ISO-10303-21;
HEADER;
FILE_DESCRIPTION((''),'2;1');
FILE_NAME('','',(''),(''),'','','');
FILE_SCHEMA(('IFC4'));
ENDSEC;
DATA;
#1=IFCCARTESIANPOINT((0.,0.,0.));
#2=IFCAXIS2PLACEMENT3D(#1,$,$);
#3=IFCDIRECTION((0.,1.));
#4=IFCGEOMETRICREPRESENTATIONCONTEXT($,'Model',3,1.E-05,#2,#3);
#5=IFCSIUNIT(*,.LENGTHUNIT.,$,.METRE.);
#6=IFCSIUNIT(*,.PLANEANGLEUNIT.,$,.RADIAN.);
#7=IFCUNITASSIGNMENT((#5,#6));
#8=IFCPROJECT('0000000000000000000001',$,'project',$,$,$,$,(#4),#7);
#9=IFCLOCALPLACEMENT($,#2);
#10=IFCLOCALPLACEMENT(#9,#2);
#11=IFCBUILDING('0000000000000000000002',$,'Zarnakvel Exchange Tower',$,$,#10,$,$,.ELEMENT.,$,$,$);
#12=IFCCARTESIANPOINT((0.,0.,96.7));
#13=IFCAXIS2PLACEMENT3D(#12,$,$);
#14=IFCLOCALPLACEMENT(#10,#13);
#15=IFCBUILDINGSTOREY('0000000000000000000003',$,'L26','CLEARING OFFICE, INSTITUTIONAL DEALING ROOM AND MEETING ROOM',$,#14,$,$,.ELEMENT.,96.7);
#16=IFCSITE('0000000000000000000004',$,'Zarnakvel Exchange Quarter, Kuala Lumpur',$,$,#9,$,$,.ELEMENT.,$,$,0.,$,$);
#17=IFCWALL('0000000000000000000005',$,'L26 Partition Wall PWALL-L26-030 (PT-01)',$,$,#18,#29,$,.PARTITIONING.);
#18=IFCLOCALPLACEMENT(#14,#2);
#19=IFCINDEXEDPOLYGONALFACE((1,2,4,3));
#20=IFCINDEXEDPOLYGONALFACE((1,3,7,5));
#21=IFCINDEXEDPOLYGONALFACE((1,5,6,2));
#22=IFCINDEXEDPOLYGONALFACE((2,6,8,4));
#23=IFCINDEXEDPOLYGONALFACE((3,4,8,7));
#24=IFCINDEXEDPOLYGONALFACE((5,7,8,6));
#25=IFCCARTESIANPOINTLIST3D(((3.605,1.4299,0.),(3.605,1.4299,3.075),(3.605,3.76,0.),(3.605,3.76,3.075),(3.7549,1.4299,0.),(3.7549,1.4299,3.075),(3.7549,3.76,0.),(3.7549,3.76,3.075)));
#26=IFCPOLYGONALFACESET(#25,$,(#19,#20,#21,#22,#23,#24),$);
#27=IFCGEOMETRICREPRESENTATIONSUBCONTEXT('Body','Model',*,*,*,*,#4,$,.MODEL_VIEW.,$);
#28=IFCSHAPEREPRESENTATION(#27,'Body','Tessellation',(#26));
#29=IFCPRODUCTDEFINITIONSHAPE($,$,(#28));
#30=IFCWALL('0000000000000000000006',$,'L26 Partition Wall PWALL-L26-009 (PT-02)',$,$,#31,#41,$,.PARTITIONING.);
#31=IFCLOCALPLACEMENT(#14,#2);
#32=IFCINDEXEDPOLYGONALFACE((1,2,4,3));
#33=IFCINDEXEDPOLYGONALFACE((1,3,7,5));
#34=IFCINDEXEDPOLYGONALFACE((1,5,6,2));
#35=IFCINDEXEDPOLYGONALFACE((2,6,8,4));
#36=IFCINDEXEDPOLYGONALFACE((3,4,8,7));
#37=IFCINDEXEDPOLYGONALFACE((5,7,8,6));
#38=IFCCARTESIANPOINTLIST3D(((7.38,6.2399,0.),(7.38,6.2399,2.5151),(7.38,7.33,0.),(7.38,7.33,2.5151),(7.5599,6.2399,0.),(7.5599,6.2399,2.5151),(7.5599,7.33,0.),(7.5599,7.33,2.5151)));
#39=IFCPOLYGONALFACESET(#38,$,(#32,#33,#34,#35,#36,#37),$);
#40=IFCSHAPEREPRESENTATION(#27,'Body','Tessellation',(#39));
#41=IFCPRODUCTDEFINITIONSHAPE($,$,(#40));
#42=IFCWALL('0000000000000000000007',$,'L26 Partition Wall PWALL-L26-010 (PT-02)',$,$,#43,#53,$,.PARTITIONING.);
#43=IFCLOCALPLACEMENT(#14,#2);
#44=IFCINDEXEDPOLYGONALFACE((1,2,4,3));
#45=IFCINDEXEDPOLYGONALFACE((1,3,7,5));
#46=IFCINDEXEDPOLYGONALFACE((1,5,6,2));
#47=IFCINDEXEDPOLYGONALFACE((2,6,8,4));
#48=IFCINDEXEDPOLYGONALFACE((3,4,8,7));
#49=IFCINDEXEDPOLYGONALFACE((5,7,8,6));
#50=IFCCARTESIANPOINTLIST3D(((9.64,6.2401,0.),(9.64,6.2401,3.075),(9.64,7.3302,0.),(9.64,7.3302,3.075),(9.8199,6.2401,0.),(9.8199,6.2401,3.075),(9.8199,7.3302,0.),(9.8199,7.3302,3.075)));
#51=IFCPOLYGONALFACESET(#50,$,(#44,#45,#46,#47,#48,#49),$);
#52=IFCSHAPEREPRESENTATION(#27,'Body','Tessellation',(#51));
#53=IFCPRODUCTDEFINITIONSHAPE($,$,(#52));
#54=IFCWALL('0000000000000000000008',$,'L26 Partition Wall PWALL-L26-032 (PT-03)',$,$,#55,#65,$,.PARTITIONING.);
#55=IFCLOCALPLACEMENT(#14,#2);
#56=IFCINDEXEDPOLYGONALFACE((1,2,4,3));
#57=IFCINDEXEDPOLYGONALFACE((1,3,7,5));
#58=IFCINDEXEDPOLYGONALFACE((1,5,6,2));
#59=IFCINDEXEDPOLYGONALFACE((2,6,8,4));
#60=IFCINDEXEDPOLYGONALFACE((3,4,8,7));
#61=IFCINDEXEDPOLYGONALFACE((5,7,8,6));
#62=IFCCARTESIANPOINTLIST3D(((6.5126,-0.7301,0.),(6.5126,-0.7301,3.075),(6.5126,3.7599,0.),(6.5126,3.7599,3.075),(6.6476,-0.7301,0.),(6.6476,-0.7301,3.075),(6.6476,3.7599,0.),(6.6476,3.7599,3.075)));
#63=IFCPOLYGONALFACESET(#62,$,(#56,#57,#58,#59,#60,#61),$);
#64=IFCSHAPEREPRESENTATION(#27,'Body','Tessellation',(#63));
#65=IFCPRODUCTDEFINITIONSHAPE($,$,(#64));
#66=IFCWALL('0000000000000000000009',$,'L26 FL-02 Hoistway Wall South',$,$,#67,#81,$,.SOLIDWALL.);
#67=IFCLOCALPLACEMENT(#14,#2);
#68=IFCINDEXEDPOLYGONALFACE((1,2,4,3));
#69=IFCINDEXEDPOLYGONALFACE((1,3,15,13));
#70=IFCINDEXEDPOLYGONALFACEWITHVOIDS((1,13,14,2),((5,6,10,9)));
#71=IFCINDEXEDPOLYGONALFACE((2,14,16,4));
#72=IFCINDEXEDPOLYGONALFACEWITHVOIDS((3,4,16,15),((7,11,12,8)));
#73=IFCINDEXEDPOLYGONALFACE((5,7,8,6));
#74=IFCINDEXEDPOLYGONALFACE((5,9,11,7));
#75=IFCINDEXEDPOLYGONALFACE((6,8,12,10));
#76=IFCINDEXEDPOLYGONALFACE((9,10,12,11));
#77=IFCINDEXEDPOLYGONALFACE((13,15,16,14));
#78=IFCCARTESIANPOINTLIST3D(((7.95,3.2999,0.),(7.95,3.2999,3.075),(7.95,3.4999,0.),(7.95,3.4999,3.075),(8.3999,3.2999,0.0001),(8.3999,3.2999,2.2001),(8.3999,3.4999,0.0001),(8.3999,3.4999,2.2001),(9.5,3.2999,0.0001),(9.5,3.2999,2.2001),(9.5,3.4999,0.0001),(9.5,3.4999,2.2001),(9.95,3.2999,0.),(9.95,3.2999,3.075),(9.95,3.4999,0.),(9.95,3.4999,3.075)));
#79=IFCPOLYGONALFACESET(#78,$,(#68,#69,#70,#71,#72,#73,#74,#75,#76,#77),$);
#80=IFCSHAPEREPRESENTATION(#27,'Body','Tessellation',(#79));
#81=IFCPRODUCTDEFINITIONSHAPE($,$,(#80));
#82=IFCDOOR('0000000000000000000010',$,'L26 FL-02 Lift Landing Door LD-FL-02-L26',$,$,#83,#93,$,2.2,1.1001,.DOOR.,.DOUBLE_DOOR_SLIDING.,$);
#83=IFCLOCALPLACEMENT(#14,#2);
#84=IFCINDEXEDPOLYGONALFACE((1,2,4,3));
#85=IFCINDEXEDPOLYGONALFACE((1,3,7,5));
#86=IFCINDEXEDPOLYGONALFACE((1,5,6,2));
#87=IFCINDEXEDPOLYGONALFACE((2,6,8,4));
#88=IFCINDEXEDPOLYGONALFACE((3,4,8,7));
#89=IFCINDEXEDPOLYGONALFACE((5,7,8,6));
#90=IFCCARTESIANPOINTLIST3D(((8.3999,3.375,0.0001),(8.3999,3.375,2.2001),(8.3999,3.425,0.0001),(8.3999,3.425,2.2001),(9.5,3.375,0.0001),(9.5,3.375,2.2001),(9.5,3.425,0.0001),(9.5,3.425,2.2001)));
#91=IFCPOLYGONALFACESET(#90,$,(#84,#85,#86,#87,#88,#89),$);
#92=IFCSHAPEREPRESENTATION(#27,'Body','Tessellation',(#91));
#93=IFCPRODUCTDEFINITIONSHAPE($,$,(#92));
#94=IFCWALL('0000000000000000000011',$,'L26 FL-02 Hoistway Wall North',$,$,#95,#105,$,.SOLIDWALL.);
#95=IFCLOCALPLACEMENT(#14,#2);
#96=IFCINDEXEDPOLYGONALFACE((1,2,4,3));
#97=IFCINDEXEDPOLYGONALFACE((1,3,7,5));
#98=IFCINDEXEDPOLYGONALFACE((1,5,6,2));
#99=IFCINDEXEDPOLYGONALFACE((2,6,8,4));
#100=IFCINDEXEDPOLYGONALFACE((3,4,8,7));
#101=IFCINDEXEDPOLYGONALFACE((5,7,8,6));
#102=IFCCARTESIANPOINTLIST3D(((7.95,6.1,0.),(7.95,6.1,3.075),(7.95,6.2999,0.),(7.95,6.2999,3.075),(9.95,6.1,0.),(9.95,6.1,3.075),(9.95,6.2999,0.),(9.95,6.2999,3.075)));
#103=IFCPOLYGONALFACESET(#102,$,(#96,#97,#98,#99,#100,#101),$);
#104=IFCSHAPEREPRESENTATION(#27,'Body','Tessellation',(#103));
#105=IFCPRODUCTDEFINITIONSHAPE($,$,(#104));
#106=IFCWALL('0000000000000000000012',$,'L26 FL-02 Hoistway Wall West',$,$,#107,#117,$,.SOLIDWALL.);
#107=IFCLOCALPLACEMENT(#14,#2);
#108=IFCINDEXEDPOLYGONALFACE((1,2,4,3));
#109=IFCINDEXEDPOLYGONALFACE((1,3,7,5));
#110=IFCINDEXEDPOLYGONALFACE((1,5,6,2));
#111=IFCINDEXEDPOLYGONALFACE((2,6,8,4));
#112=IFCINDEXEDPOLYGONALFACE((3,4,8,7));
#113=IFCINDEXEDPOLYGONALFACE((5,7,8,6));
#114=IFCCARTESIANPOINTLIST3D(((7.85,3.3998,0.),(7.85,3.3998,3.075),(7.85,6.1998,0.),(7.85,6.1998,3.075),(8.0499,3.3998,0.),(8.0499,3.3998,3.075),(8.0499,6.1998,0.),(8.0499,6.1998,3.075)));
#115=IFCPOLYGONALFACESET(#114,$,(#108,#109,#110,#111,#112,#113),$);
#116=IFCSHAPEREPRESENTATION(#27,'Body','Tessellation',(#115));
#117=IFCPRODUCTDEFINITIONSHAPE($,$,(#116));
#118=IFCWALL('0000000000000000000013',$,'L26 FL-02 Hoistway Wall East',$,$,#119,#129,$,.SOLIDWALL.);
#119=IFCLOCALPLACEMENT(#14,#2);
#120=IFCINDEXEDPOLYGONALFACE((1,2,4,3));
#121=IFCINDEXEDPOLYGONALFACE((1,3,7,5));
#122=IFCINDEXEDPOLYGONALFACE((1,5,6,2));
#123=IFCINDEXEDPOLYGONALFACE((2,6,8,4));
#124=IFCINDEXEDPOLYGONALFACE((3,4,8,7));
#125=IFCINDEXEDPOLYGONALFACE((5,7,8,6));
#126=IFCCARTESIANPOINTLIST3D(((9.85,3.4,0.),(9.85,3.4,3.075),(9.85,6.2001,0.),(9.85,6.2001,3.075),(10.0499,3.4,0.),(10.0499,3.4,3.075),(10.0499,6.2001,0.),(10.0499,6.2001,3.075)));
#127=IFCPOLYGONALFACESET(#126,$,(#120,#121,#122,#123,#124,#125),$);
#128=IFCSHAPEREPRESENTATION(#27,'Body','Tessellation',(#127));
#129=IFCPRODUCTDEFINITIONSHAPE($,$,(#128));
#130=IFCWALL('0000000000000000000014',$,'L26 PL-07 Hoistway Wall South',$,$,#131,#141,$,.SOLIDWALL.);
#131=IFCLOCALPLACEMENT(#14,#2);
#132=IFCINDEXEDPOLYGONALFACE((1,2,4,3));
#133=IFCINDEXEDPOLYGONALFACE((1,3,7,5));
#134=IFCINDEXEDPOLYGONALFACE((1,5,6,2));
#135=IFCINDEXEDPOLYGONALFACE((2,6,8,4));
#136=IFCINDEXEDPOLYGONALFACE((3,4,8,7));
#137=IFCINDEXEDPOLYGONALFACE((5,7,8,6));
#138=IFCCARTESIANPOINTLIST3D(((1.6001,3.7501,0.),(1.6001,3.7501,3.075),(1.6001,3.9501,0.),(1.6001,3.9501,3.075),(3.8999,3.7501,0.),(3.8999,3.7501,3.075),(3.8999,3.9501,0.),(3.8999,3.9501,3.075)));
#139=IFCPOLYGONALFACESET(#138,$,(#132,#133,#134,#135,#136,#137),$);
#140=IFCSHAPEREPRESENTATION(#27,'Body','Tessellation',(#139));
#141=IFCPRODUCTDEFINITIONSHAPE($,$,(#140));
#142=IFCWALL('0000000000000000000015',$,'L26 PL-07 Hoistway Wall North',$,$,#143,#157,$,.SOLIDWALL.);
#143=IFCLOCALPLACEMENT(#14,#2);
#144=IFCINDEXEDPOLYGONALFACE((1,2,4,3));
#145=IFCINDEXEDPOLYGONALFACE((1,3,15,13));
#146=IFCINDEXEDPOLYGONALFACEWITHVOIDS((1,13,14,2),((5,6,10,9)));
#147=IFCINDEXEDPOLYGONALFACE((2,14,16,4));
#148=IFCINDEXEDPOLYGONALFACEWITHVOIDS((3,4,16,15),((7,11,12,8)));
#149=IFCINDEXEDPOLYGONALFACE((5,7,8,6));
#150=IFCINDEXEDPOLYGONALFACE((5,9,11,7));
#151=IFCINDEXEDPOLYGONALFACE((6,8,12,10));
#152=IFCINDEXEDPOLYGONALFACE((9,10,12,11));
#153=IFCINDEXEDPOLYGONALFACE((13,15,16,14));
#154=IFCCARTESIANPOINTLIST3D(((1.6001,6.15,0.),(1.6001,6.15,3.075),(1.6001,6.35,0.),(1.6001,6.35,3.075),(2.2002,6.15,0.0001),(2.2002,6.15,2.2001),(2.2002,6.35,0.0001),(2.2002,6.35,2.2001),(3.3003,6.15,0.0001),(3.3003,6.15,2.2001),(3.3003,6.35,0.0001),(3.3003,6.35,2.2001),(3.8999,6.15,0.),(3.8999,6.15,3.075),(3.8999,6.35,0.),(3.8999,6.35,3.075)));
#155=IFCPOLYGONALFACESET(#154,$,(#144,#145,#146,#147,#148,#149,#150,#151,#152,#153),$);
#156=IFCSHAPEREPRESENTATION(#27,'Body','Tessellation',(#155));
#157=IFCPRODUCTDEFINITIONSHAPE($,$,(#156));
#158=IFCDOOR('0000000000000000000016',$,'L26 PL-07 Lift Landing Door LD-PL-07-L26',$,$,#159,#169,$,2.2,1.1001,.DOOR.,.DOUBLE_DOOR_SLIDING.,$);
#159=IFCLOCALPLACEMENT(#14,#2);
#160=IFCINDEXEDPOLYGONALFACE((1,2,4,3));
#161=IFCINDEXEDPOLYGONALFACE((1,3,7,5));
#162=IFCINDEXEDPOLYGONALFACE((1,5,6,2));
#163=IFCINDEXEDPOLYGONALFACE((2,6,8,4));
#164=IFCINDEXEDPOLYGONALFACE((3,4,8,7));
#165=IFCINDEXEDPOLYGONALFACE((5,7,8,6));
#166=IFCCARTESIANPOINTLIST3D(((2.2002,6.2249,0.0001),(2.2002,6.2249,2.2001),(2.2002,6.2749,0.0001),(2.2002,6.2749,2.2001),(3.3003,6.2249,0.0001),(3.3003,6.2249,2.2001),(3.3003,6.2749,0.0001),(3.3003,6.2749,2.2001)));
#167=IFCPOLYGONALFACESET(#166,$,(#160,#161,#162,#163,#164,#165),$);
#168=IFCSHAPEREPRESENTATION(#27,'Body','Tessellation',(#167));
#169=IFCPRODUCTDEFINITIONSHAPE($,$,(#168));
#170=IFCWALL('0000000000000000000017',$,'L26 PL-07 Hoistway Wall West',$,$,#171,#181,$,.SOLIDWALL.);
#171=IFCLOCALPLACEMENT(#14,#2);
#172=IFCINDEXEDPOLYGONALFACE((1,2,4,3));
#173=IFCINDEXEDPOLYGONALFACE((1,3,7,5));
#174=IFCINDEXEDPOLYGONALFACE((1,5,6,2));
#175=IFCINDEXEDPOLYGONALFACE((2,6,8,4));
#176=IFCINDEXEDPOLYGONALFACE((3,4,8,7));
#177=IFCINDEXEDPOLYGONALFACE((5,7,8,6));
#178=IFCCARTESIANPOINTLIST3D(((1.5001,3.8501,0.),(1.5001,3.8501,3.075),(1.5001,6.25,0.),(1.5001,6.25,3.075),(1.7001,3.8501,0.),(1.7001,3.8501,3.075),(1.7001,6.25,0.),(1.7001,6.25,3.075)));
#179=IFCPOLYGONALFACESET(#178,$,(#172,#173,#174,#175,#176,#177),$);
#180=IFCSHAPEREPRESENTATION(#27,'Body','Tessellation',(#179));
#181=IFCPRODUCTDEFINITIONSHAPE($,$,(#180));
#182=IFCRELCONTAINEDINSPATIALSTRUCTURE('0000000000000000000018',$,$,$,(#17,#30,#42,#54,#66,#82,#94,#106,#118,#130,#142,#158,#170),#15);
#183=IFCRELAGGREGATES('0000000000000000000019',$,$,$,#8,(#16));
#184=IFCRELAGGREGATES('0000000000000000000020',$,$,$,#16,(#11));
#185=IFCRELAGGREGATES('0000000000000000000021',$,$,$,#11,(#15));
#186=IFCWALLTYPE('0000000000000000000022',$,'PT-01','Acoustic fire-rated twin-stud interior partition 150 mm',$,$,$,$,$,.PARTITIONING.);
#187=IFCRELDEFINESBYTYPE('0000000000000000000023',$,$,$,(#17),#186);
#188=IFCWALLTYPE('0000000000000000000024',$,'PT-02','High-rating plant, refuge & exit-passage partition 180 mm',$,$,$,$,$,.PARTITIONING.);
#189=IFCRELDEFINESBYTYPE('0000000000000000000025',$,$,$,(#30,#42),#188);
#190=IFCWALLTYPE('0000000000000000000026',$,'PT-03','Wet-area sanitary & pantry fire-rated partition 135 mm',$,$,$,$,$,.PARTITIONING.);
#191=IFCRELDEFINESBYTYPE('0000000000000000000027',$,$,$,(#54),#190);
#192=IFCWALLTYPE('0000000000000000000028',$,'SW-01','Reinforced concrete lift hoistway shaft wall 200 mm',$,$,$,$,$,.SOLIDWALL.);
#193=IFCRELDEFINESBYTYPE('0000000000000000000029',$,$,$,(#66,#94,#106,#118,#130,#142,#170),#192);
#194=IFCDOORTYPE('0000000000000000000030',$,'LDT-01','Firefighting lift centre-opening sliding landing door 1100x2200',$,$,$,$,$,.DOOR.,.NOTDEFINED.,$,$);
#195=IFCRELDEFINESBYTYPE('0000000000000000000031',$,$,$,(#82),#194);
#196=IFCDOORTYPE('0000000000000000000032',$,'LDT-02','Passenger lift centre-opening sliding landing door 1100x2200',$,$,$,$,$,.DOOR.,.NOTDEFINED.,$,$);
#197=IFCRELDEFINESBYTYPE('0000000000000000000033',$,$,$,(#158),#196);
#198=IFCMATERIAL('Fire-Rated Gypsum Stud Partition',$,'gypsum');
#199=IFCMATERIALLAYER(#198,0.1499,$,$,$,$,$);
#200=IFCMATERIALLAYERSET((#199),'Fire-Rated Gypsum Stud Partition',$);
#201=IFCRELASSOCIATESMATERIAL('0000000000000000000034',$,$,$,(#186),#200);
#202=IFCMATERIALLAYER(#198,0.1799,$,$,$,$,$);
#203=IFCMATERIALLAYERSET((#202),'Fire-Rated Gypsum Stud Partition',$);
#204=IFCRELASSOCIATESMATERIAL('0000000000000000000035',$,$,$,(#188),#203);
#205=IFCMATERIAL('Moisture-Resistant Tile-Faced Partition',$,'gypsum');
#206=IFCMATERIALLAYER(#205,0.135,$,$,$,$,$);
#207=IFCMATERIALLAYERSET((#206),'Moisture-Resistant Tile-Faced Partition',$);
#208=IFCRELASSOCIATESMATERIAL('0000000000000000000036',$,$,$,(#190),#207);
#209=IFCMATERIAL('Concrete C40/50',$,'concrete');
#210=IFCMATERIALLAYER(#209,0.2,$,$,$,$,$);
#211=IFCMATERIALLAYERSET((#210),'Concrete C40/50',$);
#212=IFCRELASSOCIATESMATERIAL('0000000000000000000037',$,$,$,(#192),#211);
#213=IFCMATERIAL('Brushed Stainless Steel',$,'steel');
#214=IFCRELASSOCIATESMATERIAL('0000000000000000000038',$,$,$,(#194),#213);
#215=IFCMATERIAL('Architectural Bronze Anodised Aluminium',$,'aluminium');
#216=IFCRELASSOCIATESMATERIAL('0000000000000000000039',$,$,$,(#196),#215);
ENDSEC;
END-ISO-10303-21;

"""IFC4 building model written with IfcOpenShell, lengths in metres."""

from ifc_helpers import new_model, si_unit, direction, frame, frame_2d, origin, place, context, subcontext, project, spatial, rectangle, extrude, source, transform, mapped, material, layer, layer_set, type_object, element, fill, save


model = new_model("IFC4")

# Units and contexts
model_context = context("Model", 3, precision=1e-05, world=origin(), true_north=direction((0.0, 1.0)))
body_context = subcontext(model_context, "Body", "Model", "MODEL_VIEW")
ifc_project = project(units=[si_unit("LENGTHUNIT", "METRE"), si_unit("PLANEANGLEUNIT", "RADIAN")], contexts=[model_context])

# Site, building, storey
site_placement = place(None, origin())
site = spatial("IfcSite", under=ifc_project, at=site_placement, Name="Zarnakvel Exchange Quarter, Kuala Lumpur", CompositionType="ELEMENT", RefElevation=0.0)
building_placement = place(site_placement, origin())
building = spatial("IfcBuilding", under=site, at=building_placement, Name="Zarnakvel Exchange Tower", CompositionType="ELEMENT")
storey_placement = place(building_placement, frame((0.0, 0.0, 96.7)))
storey = spatial("IfcBuildingStorey", under=building, at=storey_placement, Name="L26", Description="CLEARING OFFICE, INSTITUTIONAL DEALING ROOM AND MEETING ROOM", CompositionType="ELEMENT", Elevation=96.7)

# Walls
ifc_material_1 = material(Name="Fire-Rated Gypsum Stud Partition", Category="gypsum")
ifc_layer_1 = layer(ifc_material_1, 0.1499)
ifc_layer_set_1 = layer_set([ifc_layer_1], Name="Fire-Rated Gypsum Stud Partition")
wall_type_1 = type_object("IfcWallType", Name="PT-01", Description="Acoustic fire-rated twin-stud interior partition 150 mm", PredefinedType="PARTITIONING", material=ifc_layer_set_1)
wall_1_placement = place(storey_placement, frame((3.6799, 3.76, 0.0), z_axis=(0.0, 0.0, 1.0), x_axis=(0.0, -1.0, 0.0)))
element("IfcWall", 1, at=wall_1_placement, inside=storey, type_object=wall_type_1, Name="L26 Partition Wall PWALL-L26-030 (PT-01)", PredefinedType="PARTITIONING", context=body_context, shape_type="SweptSolid", body=[
    extrude(rectangle(XDim=2.3301, YDim=0.1499, at=frame_2d((1.165, 0.0))), origin(), (0.0, 0.0, 1.0), 3.075),
])
ifc_layer_2 = layer(ifc_material_1, 0.1799)
ifc_layer_set_2 = layer_set([ifc_layer_2], Name="Fire-Rated Gypsum Stud Partition")
wall_type_2 = type_object("IfcWallType", Name="PT-02", Description="High-rating plant, refuge & exit-passage partition 180 mm", PredefinedType="PARTITIONING", material=ifc_layer_set_2)
wall_2_placement = place(storey_placement, frame((7.47, 6.24, 0.0), z_axis=(0.0, 0.0, 1.0), x_axis=(0.0, 1.0, 0.0)))
element("IfcWall", 2, at=wall_2_placement, inside=storey, type_object=wall_type_2, Name="L26 Partition Wall PWALL-L26-009 (PT-02)", PredefinedType="PARTITIONING", context=body_context, shape_type="SweptSolid", body=[
    extrude(rectangle(XDim=1.0901, YDim=0.1799, at=frame_2d((0.5449, 0.0))), origin(), (0.0, 0.0, 1.0), 2.5151),
])
wall_3_placement = place(storey_placement, frame((9.73, 7.3301, 0.0), z_axis=(0.0, 0.0, 1.0), x_axis=(0.0, -1.0, 0.0)))
element("IfcWall", 3, at=wall_3_placement, inside=storey, type_object=wall_type_2, Name="L26 Partition Wall PWALL-L26-010 (PT-02)", PredefinedType="PARTITIONING", context=body_context, shape_type="SweptSolid", body=[
    extrude(rectangle(XDim=1.0901, YDim=0.1799, at=frame_2d((0.5449, 0.0))), origin(), (0.0, 0.0, 1.0), 3.075),
])
ifc_material_2 = material(Name="Moisture-Resistant Tile-Faced Partition", Category="gypsum")
ifc_layer_3 = layer(ifc_material_2, 0.135)
ifc_layer_set_3 = layer_set([ifc_layer_3], Name="Moisture-Resistant Tile-Faced Partition")
wall_type_3 = type_object("IfcWallType", Name="PT-03", Description="Wet-area sanitary & pantry fire-rated partition 135 mm", PredefinedType="PARTITIONING", material=ifc_layer_set_3)
wall_4_placement = place(storey_placement, frame((6.5801, 3.76, 0.0), z_axis=(0.0, 0.0, 1.0), x_axis=(0.0, -1.0, 0.0)))
element("IfcWall", 4, at=wall_4_placement, inside=storey, type_object=wall_type_3, Name="L26 Partition Wall PWALL-L26-032 (PT-03)", PredefinedType="PARTITIONING", context=body_context, shape_type="SweptSolid", body=[
    extrude(rectangle(XDim=4.49, YDim=0.135, at=frame_2d((2.2451, 0.0))), origin(), (0.0, 0.0, 1.0), 3.075),
])

# Wall, opening, door
ifc_material_3 = material(Name="Concrete C40/50", Category="concrete")
ifc_layer_4 = layer(ifc_material_3, 0.2)
ifc_layer_set_4 = layer_set([ifc_layer_4], Name="Concrete C40/50")
wall_type_4 = type_object("IfcWallType", Name="SW-01", Description="Reinforced concrete lift hoistway shaft wall 200 mm", PredefinedType="SOLIDWALL", material=ifc_layer_set_4)
wall_5_placement = place(storey_placement, frame((9.95, 3.3999, 0.0), z_axis=(0.0, 0.0, 1.0), x_axis=(-1.0, 0.0, 0.0)))
wall_5 = element("IfcWall", 5, at=wall_5_placement, inside=storey, type_object=wall_type_4, Name="L26 FL-02 Hoistway Wall South", PredefinedType="SOLIDWALL", context=body_context, shape_type="SweptSolid", body=[
    extrude(rectangle(XDim=2.0, YDim=0.2, at=frame_2d((1.0, 0.0))), origin(), (0.0, 0.0, 1.0), 3.075),
])
opening_1_placement = place(wall_5_placement, frame((0.45, 0.0, 0.0)))
opening_1 = element("IfcOpeningElement", 6, at=opening_1_placement, cuts=wall_5, PredefinedType="OPENING", context=body_context, shape_type="SweptSolid", body=[
    extrude(rectangle(XDim=1.1001, YDim=2.2, at=frame_2d((0.55, 1.1001))), frame((0.0, 0.1099, 0.0), z_axis=(0.0, -1.0, 0.0), x_axis=(1.0, 0.0, 0.0)), (0.0, 0.0, 1.0), 0.22),
])
ifc_material_4 = material(Name="Brushed Stainless Steel", Category="steel")
door_type_1 = type_object("IfcDoorType", Name="LDT-01", Description="Firefighting lift centre-opening sliding landing door 1100x2200", OperationType="NOTDEFINED", PredefinedType="DOOR", material=ifc_material_4)
shared_shape = source(origin(), body_context, "Body", "SweptSolid", [
    extrude(rectangle(XDim=1.1001, YDim=2.2, at=frame_2d((0.55, 1.1001))), frame((0.0, 0.0249, 0.0), z_axis=(0.0, -1.0, 0.0), x_axis=(1.0, 0.0, 0.0)), (0.0, 0.0, 1.0), 0.05),
])
door_1_placement = place(opening_1_placement, origin())
door_1 = element("IfcDoor", 7, at=door_1_placement, inside=storey, type_object=door_type_1, Name="L26 FL-02 Lift Landing Door LD-FL-02-L26", OperationType="DOUBLE_DOOR_SLIDING", OverallHeight=2.2, OverallWidth=1.1001, PredefinedType="DOOR", context=body_context, shape_type="MappedRepresentation", body=[
    mapped(shared_shape, transform((0.0, 0.0, 0.0), x_axis=(1.0, 0.0, 0.0), y_axis=(0.0, 1.0, 0.0), z_axis=(0.0, 0.0, 1.0), scale=1.0)),
])
fill(opening_1, door_1)

# Walls
wall_6_placement = place(storey_placement, frame((7.95, 6.2, 0.0), z_axis=(0.0, 0.0, 1.0), x_axis=(1.0, 0.0, 0.0)))
element("IfcWall", 8, at=wall_6_placement, inside=storey, type_object=wall_type_4, Name="L26 FL-02 Hoistway Wall North", PredefinedType="SOLIDWALL", context=body_context, shape_type="SweptSolid", body=[
    extrude(rectangle(XDim=2.0, YDim=0.2, at=frame_2d((1.0, 0.0))), origin(), (0.0, 0.0, 1.0), 3.075),
])
for number, where, z_axis, x_axis, name in (
    (9, (7.95, 3.3999, 0.0), (0.0, 0.0, 1.0), (0.0, 1.0, 0.0), "L26 FL-02 Hoistway Wall West"),
    (10, (9.95, 6.2, 0.0), (0.0, 0.0, 1.0), (0.0, -1.0, 0.0), "L26 FL-02 Hoistway Wall East"),
):
    element("IfcWall", number, at=place(storey_placement, frame(where, z_axis=z_axis, x_axis=x_axis)), inside=storey, type_object=wall_type_4, Name=name, PredefinedType="SOLIDWALL", context=body_context, shape_type="SweptSolid", body=[
        extrude(rectangle(XDim=2.8, YDim=0.2, at=frame_2d((1.3999, 0.0))), origin(), (0.0, 0.0, 1.0), 3.075),
    ])
wall_7_placement = place(storey_placement, frame((3.8999, 3.8501, 0.0), z_axis=(0.0, 0.0, 1.0), x_axis=(-1.0, 0.0, 0.0)))
element("IfcWall", 11, at=wall_7_placement, inside=storey, type_object=wall_type_4, Name="L26 PL-07 Hoistway Wall South", PredefinedType="SOLIDWALL", context=body_context, shape_type="SweptSolid", body=[
    extrude(rectangle(XDim=2.2998, YDim=0.2, at=frame_2d((1.1499, 0.0))), origin(), (0.0, 0.0, 1.0), 3.075),
])

# Wall, opening, door
wall_8_placement = place(storey_placement, frame((1.6001, 6.25, 0.0), z_axis=(0.0, 0.0, 1.0), x_axis=(1.0, 0.0, 0.0)))
wall_8 = element("IfcWall", 12, at=wall_8_placement, inside=storey, type_object=wall_type_4, Name="L26 PL-07 Hoistway Wall North", PredefinedType="SOLIDWALL", context=body_context, shape_type="SweptSolid", body=[
    extrude(rectangle(XDim=2.2998, YDim=0.2, at=frame_2d((1.1499, 0.0))), origin(), (0.0, 0.0, 1.0), 3.075),
])
opening_2_placement = place(wall_8_placement, frame((0.6001, 0.0, 0.0)))
opening_2 = element("IfcOpeningElement", 13, at=opening_2_placement, cuts=wall_8, PredefinedType="OPENING", context=body_context, shape_type="SweptSolid", body=[
    extrude(rectangle(XDim=1.1001, YDim=2.2, at=frame_2d((0.55, 1.1001))), frame((0.0, 0.1099, 0.0), z_axis=(0.0, -1.0, 0.0), x_axis=(1.0, 0.0, 0.0)), (0.0, 0.0, 1.0), 0.22),
])
ifc_material_5 = material(Name="Architectural Bronze Anodised Aluminium", Category="aluminium")
door_type_2 = type_object("IfcDoorType", Name="LDT-02", Description="Passenger lift centre-opening sliding landing door 1100x2200", OperationType="NOTDEFINED", PredefinedType="DOOR", material=ifc_material_5)
door_2_placement = place(opening_2_placement, origin())
door_2 = element("IfcDoor", 14, at=door_2_placement, inside=storey, type_object=door_type_2, Name="L26 PL-07 Lift Landing Door LD-PL-07-L26", OperationType="DOUBLE_DOOR_SLIDING", OverallHeight=2.2, OverallWidth=1.1001, PredefinedType="DOOR", context=body_context, shape_type="MappedRepresentation", body=[
    mapped(shared_shape, transform((0.0, 0.0, 0.0), x_axis=(1.0, 0.0, 0.0), y_axis=(0.0, 1.0, 0.0), z_axis=(0.0, 0.0, 1.0), scale=1.0)),
])
fill(opening_2, door_2)

# Wall
for number, where, z_axis, x_axis, name in (
    (15, (1.6001, 3.8501, 0.0), (0.0, 0.0, 1.0), (0.0, 1.0, 0.0), "L26 PL-07 Hoistway Wall West"),
):
    element("IfcWall", number, at=place(storey_placement, frame(where, z_axis=z_axis, x_axis=x_axis)), inside=storey, type_object=wall_type_4, Name=name, PredefinedType="SOLIDWALL", context=body_context, shape_type="SweptSolid", body=[
        extrude(rectangle(XDim=2.3999, YDim=0.2, at=frame_2d((1.2, 0.0))), origin(), (0.0, 0.0, 1.0), 3.075),
    ])

save(model, "model.ifc")
